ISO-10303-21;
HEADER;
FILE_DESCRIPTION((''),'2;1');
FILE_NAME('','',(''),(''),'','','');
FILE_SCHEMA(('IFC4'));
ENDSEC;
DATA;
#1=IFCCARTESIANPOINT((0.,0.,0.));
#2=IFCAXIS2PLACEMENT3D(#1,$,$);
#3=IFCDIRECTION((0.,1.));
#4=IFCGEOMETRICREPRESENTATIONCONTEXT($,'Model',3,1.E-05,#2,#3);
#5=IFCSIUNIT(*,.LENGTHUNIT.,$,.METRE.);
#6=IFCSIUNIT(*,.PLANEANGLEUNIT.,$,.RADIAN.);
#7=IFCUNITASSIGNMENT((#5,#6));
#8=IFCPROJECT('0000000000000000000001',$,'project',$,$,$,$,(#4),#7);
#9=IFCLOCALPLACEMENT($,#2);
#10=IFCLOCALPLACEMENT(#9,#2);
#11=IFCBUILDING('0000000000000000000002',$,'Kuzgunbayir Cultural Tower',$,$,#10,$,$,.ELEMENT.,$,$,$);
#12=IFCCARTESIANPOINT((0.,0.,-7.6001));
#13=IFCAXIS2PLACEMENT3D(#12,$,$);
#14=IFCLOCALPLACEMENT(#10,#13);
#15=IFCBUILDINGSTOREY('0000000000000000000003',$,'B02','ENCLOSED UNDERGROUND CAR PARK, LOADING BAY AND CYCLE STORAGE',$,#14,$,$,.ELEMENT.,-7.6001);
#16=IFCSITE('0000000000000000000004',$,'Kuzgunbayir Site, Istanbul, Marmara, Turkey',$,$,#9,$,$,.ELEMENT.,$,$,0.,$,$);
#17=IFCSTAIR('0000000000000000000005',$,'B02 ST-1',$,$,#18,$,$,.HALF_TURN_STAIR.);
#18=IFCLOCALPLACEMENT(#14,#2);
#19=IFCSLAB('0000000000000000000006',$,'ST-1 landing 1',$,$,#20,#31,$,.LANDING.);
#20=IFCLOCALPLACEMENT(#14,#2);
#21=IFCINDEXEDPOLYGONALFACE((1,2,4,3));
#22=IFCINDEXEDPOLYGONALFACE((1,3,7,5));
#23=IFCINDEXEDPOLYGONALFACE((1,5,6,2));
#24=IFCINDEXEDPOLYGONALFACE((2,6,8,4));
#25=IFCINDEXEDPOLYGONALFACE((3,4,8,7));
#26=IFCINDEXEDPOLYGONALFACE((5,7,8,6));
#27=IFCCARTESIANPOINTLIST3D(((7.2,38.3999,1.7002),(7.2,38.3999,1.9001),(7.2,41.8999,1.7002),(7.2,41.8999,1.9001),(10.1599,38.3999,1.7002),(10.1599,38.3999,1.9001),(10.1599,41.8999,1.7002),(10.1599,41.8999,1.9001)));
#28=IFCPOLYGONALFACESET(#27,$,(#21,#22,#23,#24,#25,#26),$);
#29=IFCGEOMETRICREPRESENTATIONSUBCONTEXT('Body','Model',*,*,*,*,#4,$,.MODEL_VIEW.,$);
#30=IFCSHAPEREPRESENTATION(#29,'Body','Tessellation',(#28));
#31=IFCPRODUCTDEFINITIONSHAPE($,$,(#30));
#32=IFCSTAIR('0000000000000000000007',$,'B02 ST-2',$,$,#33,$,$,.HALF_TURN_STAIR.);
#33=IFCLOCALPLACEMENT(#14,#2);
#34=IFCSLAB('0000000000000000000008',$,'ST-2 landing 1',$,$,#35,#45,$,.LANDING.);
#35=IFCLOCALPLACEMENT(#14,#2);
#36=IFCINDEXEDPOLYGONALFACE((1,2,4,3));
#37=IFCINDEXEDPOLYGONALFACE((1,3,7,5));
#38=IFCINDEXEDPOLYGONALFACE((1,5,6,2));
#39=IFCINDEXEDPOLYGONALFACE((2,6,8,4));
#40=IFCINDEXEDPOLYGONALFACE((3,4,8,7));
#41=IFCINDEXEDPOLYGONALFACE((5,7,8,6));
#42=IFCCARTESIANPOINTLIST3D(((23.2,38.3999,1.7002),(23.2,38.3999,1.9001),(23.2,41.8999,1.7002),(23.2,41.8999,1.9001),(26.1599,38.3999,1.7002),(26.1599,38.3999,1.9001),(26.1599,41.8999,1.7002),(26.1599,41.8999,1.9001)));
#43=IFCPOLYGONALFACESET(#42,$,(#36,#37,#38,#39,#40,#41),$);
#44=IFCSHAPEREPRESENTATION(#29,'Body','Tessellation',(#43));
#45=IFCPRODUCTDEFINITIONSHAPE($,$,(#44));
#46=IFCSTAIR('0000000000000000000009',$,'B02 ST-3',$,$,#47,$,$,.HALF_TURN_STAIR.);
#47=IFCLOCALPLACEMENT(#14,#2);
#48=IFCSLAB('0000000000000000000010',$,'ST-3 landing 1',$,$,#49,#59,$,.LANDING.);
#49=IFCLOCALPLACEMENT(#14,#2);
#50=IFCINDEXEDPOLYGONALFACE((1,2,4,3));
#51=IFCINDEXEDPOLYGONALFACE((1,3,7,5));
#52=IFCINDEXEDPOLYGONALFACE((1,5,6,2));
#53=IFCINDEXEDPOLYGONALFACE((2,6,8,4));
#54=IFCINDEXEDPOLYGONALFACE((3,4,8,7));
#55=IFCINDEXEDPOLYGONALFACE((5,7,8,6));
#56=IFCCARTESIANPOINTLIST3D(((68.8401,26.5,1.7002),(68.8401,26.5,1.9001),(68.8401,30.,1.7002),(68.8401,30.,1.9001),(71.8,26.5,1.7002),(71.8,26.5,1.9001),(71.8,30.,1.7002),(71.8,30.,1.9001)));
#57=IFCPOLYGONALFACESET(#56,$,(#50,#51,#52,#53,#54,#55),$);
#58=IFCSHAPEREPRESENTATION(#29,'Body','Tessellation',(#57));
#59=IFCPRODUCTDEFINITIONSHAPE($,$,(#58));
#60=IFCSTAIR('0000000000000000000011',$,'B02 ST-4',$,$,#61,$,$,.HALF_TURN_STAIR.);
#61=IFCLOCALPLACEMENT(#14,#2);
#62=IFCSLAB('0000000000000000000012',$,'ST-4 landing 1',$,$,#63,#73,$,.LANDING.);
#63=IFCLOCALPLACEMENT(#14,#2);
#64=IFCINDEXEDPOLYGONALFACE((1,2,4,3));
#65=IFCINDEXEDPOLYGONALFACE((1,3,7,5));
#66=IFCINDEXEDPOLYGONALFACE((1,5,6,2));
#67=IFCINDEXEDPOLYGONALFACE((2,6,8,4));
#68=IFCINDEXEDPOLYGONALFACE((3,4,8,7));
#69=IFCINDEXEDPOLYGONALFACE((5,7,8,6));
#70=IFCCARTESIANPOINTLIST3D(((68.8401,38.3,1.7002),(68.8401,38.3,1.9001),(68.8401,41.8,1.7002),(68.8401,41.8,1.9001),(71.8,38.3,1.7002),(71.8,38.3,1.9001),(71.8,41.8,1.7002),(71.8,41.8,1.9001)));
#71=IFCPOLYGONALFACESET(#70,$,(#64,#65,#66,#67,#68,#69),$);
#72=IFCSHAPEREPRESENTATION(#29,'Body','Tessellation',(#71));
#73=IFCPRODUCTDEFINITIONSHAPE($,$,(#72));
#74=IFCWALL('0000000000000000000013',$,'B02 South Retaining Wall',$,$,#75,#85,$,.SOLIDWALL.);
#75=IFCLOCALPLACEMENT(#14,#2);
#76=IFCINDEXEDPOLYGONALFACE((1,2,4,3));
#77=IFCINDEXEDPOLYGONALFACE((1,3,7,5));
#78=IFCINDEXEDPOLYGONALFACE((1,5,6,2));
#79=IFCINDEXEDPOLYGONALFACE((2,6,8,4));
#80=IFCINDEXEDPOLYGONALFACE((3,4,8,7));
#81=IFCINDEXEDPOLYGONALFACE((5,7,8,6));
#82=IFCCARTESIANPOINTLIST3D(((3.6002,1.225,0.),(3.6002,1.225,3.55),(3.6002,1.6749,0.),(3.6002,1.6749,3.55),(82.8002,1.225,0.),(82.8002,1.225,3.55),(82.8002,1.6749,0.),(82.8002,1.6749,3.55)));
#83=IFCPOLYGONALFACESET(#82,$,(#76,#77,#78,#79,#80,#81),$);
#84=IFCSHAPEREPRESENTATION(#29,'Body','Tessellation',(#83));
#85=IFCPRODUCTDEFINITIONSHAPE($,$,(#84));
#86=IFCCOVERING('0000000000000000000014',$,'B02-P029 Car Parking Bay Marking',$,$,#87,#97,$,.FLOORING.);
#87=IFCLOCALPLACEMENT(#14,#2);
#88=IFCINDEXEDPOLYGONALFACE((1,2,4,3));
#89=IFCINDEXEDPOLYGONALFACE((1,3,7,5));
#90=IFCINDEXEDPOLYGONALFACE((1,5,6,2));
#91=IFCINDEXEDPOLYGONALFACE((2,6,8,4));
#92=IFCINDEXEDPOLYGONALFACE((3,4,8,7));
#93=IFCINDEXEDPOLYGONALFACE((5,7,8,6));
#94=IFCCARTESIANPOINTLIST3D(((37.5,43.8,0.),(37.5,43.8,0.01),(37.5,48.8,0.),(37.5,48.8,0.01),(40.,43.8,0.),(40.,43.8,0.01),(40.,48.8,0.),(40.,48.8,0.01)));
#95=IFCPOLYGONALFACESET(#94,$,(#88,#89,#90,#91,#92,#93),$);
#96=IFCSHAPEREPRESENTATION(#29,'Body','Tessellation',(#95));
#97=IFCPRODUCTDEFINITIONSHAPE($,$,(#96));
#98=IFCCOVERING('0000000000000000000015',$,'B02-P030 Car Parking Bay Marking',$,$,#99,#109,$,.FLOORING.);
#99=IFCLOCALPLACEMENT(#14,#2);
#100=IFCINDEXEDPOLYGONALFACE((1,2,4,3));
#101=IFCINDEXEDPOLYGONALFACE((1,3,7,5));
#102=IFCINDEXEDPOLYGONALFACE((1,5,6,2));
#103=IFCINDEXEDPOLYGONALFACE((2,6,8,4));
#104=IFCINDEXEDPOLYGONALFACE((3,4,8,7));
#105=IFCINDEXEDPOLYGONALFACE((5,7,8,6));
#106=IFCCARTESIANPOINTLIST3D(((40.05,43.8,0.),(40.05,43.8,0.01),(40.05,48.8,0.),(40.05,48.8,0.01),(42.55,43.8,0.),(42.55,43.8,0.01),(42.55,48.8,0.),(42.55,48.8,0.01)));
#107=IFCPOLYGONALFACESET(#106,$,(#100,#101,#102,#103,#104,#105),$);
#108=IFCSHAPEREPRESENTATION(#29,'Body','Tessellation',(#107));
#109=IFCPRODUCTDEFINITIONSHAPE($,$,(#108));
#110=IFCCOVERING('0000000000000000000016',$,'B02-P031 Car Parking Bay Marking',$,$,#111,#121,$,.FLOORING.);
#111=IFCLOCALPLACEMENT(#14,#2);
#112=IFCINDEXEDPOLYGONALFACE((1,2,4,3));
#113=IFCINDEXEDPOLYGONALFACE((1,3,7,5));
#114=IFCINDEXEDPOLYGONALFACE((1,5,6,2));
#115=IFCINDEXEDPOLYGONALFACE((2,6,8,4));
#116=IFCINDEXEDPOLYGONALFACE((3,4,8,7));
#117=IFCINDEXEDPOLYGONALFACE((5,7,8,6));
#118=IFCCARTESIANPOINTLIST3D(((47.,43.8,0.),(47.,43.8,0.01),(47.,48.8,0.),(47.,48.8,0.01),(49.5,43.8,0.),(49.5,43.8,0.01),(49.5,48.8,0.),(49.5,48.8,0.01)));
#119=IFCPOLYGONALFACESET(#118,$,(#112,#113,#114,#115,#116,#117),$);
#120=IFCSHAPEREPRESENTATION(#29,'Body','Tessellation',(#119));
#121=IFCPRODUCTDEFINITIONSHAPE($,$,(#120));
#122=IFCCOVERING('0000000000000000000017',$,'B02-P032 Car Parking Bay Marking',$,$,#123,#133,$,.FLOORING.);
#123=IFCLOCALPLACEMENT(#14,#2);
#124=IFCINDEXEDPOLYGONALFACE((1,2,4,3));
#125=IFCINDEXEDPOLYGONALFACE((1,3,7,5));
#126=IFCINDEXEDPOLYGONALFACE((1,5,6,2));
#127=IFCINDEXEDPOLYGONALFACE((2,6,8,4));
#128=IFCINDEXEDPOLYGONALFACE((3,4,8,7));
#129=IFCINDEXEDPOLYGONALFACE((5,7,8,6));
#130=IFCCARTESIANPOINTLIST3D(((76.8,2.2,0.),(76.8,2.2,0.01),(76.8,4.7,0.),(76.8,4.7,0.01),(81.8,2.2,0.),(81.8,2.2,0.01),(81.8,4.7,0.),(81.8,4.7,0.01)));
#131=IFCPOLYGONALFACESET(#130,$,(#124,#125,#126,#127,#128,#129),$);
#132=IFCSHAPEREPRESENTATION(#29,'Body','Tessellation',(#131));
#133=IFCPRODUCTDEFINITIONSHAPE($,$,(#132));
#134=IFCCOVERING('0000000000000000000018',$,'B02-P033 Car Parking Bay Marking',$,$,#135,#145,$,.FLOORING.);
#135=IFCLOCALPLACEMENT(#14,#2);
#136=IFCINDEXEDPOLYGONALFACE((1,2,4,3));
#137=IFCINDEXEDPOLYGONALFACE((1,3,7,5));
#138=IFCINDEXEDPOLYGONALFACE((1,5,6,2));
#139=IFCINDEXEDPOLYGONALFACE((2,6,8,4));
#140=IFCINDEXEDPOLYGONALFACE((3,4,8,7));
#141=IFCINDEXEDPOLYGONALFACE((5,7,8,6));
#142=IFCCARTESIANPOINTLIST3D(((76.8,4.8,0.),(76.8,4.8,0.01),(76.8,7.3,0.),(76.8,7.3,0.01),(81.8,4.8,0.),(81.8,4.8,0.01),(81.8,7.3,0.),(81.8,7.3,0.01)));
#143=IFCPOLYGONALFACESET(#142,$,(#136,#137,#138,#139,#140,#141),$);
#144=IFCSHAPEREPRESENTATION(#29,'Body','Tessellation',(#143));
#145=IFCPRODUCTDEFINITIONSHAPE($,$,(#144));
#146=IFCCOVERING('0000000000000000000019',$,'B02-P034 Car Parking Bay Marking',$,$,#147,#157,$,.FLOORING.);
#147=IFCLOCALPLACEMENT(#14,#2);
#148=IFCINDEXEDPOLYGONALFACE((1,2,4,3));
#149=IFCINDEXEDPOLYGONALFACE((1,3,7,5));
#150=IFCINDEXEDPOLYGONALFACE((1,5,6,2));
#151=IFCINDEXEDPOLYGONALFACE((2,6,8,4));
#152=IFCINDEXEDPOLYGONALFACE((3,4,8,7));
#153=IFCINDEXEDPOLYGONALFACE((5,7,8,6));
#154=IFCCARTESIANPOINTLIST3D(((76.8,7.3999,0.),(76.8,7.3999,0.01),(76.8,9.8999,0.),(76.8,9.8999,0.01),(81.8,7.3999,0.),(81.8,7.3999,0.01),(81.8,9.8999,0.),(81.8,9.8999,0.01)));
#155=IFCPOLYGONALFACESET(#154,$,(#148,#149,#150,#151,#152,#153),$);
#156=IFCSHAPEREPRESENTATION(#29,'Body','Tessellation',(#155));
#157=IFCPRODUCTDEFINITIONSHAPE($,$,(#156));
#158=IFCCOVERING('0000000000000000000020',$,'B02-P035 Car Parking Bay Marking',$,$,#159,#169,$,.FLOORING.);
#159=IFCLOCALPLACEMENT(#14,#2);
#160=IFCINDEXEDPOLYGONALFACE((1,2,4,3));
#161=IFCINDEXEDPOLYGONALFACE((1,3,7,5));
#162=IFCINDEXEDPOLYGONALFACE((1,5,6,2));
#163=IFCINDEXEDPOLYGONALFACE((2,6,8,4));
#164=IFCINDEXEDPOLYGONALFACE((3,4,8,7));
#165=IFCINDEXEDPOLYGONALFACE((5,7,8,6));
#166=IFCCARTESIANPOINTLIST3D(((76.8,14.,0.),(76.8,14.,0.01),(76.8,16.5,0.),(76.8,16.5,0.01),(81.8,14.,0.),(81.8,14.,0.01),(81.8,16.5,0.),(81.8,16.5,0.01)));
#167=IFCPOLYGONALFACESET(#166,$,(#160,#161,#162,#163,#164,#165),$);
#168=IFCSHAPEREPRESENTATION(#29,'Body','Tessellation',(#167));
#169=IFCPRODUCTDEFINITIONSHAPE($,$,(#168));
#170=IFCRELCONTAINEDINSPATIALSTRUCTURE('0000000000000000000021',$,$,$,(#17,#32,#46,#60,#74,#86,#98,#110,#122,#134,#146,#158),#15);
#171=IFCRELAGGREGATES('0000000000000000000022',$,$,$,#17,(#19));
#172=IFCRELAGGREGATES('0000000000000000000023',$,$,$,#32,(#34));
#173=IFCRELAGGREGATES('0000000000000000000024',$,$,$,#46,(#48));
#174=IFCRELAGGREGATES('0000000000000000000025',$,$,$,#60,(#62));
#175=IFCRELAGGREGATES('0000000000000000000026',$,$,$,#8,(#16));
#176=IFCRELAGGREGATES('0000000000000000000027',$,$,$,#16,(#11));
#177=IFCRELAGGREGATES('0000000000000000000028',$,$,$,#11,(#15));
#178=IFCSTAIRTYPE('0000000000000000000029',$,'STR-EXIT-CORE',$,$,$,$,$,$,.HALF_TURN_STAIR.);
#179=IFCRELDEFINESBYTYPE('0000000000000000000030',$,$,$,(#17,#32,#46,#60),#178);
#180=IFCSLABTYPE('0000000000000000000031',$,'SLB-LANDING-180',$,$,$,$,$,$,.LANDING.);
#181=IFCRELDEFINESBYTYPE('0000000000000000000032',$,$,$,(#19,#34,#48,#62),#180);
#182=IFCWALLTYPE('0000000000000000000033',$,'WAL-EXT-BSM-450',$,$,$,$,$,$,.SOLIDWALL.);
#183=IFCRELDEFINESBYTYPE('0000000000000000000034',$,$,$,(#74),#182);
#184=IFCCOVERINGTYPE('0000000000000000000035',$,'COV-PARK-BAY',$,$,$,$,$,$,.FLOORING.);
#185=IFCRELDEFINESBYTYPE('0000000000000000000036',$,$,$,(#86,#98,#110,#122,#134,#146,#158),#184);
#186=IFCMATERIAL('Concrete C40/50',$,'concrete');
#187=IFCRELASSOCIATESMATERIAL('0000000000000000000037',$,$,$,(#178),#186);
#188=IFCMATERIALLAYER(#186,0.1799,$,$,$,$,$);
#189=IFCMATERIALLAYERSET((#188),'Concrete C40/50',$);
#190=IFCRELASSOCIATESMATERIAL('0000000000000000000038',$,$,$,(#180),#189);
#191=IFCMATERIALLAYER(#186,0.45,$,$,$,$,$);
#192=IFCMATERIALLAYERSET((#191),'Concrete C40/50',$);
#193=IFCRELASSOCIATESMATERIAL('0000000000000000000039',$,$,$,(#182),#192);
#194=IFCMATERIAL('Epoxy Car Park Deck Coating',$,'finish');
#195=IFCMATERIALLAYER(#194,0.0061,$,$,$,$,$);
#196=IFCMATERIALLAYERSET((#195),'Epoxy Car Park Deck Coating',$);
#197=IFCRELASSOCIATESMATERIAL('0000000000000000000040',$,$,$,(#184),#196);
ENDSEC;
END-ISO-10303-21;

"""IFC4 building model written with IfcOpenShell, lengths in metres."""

from ifc_helpers import new_model, si_unit, direction, frame, frame_2d, origin, place, context, subcontext, project, spatial, polyline, rectangle, outline, extrude, material, layer, layer_set, type_object, element, aggregate, save


model = new_model("IFC4")

# Units and contexts
model_context = context("Model", 3, precision=1e-05, world=origin(), true_north=direction((0.0, 1.0)))
body_context = subcontext(model_context, "Body", "Model", "MODEL_VIEW")
ifc_project = project(units=[si_unit("LENGTHUNIT", "METRE"), si_unit("PLANEANGLEUNIT", "RADIAN")], contexts=[model_context])

# Site, building, storey
site_placement = place(None, origin())
site = spatial("IfcSite", under=ifc_project, at=site_placement, Name="Kuzgunbayir Site, Istanbul, Marmara, Turkey", CompositionType="ELEMENT", RefElevation=0.0)
building_placement = place(site_placement, origin())
building = spatial("IfcBuilding", under=site, at=building_placement, Name="Kuzgunbayir Cultural Tower", CompositionType="ELEMENT")
storey_placement = place(building_placement, frame((0.0, 0.0, -7.6001)))
storey = spatial("IfcBuildingStorey", under=building, at=storey_placement, Name="B02", Description="ENCLOSED UNDERGROUND CAR PARK, LOADING BAY AND CYCLE STORAGE", CompositionType="ELEMENT", Elevation=-7.6001)

# Shared definitions
ifc_material_1 = material(Name="Concrete C40/50", Category="concrete")

# Stairs, slabs
stair_type = type_object("IfcStairType", Name="STR-EXIT-CORE", PredefinedType="HALF_TURN_STAIR", material=ifc_material_1)
stair_1_placement = place(storey_placement, origin())
stair_1 = element("IfcStair", 1, at=stair_1_placement, inside=storey, type_object=stair_type, Name="B02 ST-1", PredefinedType="HALF_TURN_STAIR")
ifc_layer_1 = layer(ifc_material_1, 0.1799)
ifc_layer_set_1 = layer_set([ifc_layer_1], Name="Concrete C40/50")
slab_type = type_object("IfcSlabType", Name="SLB-LANDING-180", PredefinedType="LANDING", material=ifc_layer_set_1)
slab_1_placement = place(storey_placement, frame((0.0, 0.0, 1.7002)))
slab_1 = element("IfcSlab", 2, at=slab_1_placement, type_object=slab_type, Name="ST-1 landing 1", PredefinedType="LANDING", context=body_context, shape_type="SweptSolid", body=[
    extrude(outline(polyline([(10.1599, 38.3999), (10.1599, 41.8999), (7.2, 41.8999), (7.2, 38.3999), (10.1599, 38.3999)])), origin(), (0.0, 0.0, 1.0), 0.2),
])
aggregate(stair_1, [slab_1])
stair_2_placement = place(storey_placement, origin())
stair_2 = element("IfcStair", 3, at=stair_2_placement, inside=storey, type_object=stair_type, Name="B02 ST-2", PredefinedType="HALF_TURN_STAIR")
slab_2_placement = place(storey_placement, frame((0.0, 0.0, 1.7002)))
slab_2 = element("IfcSlab", 4, at=slab_2_placement, type_object=slab_type, Name="ST-2 landing 1", PredefinedType="LANDING", context=body_context, shape_type="SweptSolid", body=[
    extrude(outline(polyline([(26.1599, 38.3999), (26.1599, 41.8999), (23.2, 41.8999), (23.2, 38.3999), (26.1599, 38.3999)])), origin(), (0.0, 0.0, 1.0), 0.2),
])
aggregate(stair_2, [slab_2])
stair_3_placement = place(storey_placement, origin())
stair_3 = element("IfcStair", 5, at=stair_3_placement, inside=storey, type_object=stair_type, Name="B02 ST-3", PredefinedType="HALF_TURN_STAIR")
slab_3_placement = place(storey_placement, frame((0.0, 0.0, 1.7002)))
slab_3 = element("IfcSlab", 6, at=slab_3_placement, type_object=slab_type, Name="ST-3 landing 1", PredefinedType="LANDING", context=body_context, shape_type="SweptSolid", body=[
    extrude(outline(polyline([(71.8, 26.5), (71.8, 30.0), (68.8401, 30.0), (68.8401, 26.5), (71.8, 26.5)])), origin(), (0.0, 0.0, 1.0), 0.2),
])
aggregate(stair_3, [slab_3])
stair_4_placement = place(storey_placement, origin())
stair_4 = element("IfcStair", 7, at=stair_4_placement, inside=storey, type_object=stair_type, Name="B02 ST-4", PredefinedType="HALF_TURN_STAIR")
slab_4_placement = place(storey_placement, frame((0.0, 0.0, 1.7002)))
slab_4 = element("IfcSlab", 8, at=slab_4_placement, type_object=slab_type, Name="ST-4 landing 1", PredefinedType="LANDING", context=body_context, shape_type="SweptSolid", body=[
    extrude(outline(polyline([(71.8, 38.3), (71.8, 41.8), (68.8401, 41.8), (68.8401, 38.3), (71.8, 38.3)])), origin(), (0.0, 0.0, 1.0), 0.2),
])
aggregate(stair_4, [slab_4])

# Wall
ifc_layer_2 = layer(ifc_material_1, 0.45)
ifc_layer_set_2 = layer_set([ifc_layer_2], Name="Concrete C40/50")
wall_type = type_object("IfcWallType", Name="WAL-EXT-BSM-450", PredefinedType="SOLIDWALL", material=ifc_layer_set_2)
wall_placement = place(storey_placement, frame((3.6001, 1.45, 0.0), z_axis=(0.0, 0.0, 1.0), x_axis=(1.0, 0.0, 0.0)))
element("IfcWall", 9, at=wall_placement, inside=storey, type_object=wall_type, Name="B02 South Retaining Wall", PredefinedType="SOLIDWALL", context=body_context, shape_type="SweptSolid", body=[
    extrude(rectangle(XDim=79.2, YDim=0.45, at=frame_2d((39.6001, 0.0))), origin(), (0.0, 0.0, 1.0), 3.55),
])

# Coverings
ifc_material_2 = material(Name="Epoxy Car Park Deck Coating", Category="finish")
ifc_layer_3 = layer(ifc_material_2, 0.0061)
ifc_layer_set_3 = layer_set([ifc_layer_3], Name="Epoxy Car Park Deck Coating")
covering_type = type_object("IfcCoveringType", Name="COV-PARK-BAY", PredefinedType="FLOORING", material=ifc_layer_set_3)
covering_1_placement = place(storey_placement, origin())
element("IfcCovering", 10, at=covering_1_placement, inside=storey, type_object=covering_type, Name="B02-P029 Car Parking Bay Marking", PredefinedType="FLOORING", context=body_context, shape_type="SweptSolid", body=[
    extrude(outline(polyline([(37.5, 43.8), (40.0, 43.8), (40.0, 48.8), (37.5, 48.8), (37.5, 43.8)])), origin(), (0.0, 0.0, 1.0), 0.01),
])
covering_2_placement = place(storey_placement, origin())
element("IfcCovering", 11, at=covering_2_placement, inside=storey, type_object=covering_type, Name="B02-P030 Car Parking Bay Marking", PredefinedType="FLOORING", context=body_context, shape_type="SweptSolid", body=[
    extrude(outline(polyline([(40.05, 43.8), (42.55, 43.8), (42.55, 48.8), (40.05, 48.8), (40.05, 43.8)])), origin(), (0.0, 0.0, 1.0), 0.01),
])
covering_3_placement = place(storey_placement, origin())
element("IfcCovering", 12, at=covering_3_placement, inside=storey, type_object=covering_type, Name="B02-P031 Car Parking Bay Marking", PredefinedType="FLOORING", context=body_context, shape_type="SweptSolid", body=[
    extrude(outline(polyline([(47.0, 43.8), (49.5, 43.8), (49.5, 48.8), (47.0, 48.8), (47.0, 43.8)])), origin(), (0.0, 0.0, 1.0), 0.01),
])
covering_4_placement = place(storey_placement, origin())
element("IfcCovering", 13, at=covering_4_placement, inside=storey, type_object=covering_type, Name="B02-P032 Car Parking Bay Marking", PredefinedType="FLOORING", context=body_context, shape_type="SweptSolid", body=[
    extrude(outline(polyline([(76.8, 2.2), (81.8, 2.2), (81.8, 4.7), (76.8, 4.7), (76.8, 2.2)])), origin(), (0.0, 0.0, 1.0), 0.01),
])
covering_5_placement = place(storey_placement, origin())
element("IfcCovering", 14, at=covering_5_placement, inside=storey, type_object=covering_type, Name="B02-P033 Car Parking Bay Marking", PredefinedType="FLOORING", context=body_context, shape_type="SweptSolid", body=[
    extrude(outline(polyline([(76.8, 4.8), (81.8, 4.8), (81.8, 7.3), (76.8, 7.3), (76.8, 4.8)])), origin(), (0.0, 0.0, 1.0), 0.01),
])
covering_6_placement = place(storey_placement, origin())
element("IfcCovering", 15, at=covering_6_placement, inside=storey, type_object=covering_type, Name="B02-P034 Car Parking Bay Marking", PredefinedType="FLOORING", context=body_context, shape_type="SweptSolid", body=[
    extrude(outline(polyline([(76.8, 7.3999), (81.8, 7.3999), (81.8, 9.8999), (76.8, 9.8999), (76.8, 7.3999)])), origin(), (0.0, 0.0, 1.0), 0.01),
])
covering_7_placement = place(storey_placement, origin())
element("IfcCovering", 16, at=covering_7_placement, inside=storey, type_object=covering_type, Name="B02-P035 Car Parking Bay Marking", PredefinedType="FLOORING", context=body_context, shape_type="SweptSolid", body=[
    extrude(outline(polyline([(76.8, 14.0), (81.8, 14.0), (81.8, 16.5), (76.8, 16.5), (76.8, 14.0)])), origin(), (0.0, 0.0, 1.0), 0.01),
])

save(model, "model.ifc")
